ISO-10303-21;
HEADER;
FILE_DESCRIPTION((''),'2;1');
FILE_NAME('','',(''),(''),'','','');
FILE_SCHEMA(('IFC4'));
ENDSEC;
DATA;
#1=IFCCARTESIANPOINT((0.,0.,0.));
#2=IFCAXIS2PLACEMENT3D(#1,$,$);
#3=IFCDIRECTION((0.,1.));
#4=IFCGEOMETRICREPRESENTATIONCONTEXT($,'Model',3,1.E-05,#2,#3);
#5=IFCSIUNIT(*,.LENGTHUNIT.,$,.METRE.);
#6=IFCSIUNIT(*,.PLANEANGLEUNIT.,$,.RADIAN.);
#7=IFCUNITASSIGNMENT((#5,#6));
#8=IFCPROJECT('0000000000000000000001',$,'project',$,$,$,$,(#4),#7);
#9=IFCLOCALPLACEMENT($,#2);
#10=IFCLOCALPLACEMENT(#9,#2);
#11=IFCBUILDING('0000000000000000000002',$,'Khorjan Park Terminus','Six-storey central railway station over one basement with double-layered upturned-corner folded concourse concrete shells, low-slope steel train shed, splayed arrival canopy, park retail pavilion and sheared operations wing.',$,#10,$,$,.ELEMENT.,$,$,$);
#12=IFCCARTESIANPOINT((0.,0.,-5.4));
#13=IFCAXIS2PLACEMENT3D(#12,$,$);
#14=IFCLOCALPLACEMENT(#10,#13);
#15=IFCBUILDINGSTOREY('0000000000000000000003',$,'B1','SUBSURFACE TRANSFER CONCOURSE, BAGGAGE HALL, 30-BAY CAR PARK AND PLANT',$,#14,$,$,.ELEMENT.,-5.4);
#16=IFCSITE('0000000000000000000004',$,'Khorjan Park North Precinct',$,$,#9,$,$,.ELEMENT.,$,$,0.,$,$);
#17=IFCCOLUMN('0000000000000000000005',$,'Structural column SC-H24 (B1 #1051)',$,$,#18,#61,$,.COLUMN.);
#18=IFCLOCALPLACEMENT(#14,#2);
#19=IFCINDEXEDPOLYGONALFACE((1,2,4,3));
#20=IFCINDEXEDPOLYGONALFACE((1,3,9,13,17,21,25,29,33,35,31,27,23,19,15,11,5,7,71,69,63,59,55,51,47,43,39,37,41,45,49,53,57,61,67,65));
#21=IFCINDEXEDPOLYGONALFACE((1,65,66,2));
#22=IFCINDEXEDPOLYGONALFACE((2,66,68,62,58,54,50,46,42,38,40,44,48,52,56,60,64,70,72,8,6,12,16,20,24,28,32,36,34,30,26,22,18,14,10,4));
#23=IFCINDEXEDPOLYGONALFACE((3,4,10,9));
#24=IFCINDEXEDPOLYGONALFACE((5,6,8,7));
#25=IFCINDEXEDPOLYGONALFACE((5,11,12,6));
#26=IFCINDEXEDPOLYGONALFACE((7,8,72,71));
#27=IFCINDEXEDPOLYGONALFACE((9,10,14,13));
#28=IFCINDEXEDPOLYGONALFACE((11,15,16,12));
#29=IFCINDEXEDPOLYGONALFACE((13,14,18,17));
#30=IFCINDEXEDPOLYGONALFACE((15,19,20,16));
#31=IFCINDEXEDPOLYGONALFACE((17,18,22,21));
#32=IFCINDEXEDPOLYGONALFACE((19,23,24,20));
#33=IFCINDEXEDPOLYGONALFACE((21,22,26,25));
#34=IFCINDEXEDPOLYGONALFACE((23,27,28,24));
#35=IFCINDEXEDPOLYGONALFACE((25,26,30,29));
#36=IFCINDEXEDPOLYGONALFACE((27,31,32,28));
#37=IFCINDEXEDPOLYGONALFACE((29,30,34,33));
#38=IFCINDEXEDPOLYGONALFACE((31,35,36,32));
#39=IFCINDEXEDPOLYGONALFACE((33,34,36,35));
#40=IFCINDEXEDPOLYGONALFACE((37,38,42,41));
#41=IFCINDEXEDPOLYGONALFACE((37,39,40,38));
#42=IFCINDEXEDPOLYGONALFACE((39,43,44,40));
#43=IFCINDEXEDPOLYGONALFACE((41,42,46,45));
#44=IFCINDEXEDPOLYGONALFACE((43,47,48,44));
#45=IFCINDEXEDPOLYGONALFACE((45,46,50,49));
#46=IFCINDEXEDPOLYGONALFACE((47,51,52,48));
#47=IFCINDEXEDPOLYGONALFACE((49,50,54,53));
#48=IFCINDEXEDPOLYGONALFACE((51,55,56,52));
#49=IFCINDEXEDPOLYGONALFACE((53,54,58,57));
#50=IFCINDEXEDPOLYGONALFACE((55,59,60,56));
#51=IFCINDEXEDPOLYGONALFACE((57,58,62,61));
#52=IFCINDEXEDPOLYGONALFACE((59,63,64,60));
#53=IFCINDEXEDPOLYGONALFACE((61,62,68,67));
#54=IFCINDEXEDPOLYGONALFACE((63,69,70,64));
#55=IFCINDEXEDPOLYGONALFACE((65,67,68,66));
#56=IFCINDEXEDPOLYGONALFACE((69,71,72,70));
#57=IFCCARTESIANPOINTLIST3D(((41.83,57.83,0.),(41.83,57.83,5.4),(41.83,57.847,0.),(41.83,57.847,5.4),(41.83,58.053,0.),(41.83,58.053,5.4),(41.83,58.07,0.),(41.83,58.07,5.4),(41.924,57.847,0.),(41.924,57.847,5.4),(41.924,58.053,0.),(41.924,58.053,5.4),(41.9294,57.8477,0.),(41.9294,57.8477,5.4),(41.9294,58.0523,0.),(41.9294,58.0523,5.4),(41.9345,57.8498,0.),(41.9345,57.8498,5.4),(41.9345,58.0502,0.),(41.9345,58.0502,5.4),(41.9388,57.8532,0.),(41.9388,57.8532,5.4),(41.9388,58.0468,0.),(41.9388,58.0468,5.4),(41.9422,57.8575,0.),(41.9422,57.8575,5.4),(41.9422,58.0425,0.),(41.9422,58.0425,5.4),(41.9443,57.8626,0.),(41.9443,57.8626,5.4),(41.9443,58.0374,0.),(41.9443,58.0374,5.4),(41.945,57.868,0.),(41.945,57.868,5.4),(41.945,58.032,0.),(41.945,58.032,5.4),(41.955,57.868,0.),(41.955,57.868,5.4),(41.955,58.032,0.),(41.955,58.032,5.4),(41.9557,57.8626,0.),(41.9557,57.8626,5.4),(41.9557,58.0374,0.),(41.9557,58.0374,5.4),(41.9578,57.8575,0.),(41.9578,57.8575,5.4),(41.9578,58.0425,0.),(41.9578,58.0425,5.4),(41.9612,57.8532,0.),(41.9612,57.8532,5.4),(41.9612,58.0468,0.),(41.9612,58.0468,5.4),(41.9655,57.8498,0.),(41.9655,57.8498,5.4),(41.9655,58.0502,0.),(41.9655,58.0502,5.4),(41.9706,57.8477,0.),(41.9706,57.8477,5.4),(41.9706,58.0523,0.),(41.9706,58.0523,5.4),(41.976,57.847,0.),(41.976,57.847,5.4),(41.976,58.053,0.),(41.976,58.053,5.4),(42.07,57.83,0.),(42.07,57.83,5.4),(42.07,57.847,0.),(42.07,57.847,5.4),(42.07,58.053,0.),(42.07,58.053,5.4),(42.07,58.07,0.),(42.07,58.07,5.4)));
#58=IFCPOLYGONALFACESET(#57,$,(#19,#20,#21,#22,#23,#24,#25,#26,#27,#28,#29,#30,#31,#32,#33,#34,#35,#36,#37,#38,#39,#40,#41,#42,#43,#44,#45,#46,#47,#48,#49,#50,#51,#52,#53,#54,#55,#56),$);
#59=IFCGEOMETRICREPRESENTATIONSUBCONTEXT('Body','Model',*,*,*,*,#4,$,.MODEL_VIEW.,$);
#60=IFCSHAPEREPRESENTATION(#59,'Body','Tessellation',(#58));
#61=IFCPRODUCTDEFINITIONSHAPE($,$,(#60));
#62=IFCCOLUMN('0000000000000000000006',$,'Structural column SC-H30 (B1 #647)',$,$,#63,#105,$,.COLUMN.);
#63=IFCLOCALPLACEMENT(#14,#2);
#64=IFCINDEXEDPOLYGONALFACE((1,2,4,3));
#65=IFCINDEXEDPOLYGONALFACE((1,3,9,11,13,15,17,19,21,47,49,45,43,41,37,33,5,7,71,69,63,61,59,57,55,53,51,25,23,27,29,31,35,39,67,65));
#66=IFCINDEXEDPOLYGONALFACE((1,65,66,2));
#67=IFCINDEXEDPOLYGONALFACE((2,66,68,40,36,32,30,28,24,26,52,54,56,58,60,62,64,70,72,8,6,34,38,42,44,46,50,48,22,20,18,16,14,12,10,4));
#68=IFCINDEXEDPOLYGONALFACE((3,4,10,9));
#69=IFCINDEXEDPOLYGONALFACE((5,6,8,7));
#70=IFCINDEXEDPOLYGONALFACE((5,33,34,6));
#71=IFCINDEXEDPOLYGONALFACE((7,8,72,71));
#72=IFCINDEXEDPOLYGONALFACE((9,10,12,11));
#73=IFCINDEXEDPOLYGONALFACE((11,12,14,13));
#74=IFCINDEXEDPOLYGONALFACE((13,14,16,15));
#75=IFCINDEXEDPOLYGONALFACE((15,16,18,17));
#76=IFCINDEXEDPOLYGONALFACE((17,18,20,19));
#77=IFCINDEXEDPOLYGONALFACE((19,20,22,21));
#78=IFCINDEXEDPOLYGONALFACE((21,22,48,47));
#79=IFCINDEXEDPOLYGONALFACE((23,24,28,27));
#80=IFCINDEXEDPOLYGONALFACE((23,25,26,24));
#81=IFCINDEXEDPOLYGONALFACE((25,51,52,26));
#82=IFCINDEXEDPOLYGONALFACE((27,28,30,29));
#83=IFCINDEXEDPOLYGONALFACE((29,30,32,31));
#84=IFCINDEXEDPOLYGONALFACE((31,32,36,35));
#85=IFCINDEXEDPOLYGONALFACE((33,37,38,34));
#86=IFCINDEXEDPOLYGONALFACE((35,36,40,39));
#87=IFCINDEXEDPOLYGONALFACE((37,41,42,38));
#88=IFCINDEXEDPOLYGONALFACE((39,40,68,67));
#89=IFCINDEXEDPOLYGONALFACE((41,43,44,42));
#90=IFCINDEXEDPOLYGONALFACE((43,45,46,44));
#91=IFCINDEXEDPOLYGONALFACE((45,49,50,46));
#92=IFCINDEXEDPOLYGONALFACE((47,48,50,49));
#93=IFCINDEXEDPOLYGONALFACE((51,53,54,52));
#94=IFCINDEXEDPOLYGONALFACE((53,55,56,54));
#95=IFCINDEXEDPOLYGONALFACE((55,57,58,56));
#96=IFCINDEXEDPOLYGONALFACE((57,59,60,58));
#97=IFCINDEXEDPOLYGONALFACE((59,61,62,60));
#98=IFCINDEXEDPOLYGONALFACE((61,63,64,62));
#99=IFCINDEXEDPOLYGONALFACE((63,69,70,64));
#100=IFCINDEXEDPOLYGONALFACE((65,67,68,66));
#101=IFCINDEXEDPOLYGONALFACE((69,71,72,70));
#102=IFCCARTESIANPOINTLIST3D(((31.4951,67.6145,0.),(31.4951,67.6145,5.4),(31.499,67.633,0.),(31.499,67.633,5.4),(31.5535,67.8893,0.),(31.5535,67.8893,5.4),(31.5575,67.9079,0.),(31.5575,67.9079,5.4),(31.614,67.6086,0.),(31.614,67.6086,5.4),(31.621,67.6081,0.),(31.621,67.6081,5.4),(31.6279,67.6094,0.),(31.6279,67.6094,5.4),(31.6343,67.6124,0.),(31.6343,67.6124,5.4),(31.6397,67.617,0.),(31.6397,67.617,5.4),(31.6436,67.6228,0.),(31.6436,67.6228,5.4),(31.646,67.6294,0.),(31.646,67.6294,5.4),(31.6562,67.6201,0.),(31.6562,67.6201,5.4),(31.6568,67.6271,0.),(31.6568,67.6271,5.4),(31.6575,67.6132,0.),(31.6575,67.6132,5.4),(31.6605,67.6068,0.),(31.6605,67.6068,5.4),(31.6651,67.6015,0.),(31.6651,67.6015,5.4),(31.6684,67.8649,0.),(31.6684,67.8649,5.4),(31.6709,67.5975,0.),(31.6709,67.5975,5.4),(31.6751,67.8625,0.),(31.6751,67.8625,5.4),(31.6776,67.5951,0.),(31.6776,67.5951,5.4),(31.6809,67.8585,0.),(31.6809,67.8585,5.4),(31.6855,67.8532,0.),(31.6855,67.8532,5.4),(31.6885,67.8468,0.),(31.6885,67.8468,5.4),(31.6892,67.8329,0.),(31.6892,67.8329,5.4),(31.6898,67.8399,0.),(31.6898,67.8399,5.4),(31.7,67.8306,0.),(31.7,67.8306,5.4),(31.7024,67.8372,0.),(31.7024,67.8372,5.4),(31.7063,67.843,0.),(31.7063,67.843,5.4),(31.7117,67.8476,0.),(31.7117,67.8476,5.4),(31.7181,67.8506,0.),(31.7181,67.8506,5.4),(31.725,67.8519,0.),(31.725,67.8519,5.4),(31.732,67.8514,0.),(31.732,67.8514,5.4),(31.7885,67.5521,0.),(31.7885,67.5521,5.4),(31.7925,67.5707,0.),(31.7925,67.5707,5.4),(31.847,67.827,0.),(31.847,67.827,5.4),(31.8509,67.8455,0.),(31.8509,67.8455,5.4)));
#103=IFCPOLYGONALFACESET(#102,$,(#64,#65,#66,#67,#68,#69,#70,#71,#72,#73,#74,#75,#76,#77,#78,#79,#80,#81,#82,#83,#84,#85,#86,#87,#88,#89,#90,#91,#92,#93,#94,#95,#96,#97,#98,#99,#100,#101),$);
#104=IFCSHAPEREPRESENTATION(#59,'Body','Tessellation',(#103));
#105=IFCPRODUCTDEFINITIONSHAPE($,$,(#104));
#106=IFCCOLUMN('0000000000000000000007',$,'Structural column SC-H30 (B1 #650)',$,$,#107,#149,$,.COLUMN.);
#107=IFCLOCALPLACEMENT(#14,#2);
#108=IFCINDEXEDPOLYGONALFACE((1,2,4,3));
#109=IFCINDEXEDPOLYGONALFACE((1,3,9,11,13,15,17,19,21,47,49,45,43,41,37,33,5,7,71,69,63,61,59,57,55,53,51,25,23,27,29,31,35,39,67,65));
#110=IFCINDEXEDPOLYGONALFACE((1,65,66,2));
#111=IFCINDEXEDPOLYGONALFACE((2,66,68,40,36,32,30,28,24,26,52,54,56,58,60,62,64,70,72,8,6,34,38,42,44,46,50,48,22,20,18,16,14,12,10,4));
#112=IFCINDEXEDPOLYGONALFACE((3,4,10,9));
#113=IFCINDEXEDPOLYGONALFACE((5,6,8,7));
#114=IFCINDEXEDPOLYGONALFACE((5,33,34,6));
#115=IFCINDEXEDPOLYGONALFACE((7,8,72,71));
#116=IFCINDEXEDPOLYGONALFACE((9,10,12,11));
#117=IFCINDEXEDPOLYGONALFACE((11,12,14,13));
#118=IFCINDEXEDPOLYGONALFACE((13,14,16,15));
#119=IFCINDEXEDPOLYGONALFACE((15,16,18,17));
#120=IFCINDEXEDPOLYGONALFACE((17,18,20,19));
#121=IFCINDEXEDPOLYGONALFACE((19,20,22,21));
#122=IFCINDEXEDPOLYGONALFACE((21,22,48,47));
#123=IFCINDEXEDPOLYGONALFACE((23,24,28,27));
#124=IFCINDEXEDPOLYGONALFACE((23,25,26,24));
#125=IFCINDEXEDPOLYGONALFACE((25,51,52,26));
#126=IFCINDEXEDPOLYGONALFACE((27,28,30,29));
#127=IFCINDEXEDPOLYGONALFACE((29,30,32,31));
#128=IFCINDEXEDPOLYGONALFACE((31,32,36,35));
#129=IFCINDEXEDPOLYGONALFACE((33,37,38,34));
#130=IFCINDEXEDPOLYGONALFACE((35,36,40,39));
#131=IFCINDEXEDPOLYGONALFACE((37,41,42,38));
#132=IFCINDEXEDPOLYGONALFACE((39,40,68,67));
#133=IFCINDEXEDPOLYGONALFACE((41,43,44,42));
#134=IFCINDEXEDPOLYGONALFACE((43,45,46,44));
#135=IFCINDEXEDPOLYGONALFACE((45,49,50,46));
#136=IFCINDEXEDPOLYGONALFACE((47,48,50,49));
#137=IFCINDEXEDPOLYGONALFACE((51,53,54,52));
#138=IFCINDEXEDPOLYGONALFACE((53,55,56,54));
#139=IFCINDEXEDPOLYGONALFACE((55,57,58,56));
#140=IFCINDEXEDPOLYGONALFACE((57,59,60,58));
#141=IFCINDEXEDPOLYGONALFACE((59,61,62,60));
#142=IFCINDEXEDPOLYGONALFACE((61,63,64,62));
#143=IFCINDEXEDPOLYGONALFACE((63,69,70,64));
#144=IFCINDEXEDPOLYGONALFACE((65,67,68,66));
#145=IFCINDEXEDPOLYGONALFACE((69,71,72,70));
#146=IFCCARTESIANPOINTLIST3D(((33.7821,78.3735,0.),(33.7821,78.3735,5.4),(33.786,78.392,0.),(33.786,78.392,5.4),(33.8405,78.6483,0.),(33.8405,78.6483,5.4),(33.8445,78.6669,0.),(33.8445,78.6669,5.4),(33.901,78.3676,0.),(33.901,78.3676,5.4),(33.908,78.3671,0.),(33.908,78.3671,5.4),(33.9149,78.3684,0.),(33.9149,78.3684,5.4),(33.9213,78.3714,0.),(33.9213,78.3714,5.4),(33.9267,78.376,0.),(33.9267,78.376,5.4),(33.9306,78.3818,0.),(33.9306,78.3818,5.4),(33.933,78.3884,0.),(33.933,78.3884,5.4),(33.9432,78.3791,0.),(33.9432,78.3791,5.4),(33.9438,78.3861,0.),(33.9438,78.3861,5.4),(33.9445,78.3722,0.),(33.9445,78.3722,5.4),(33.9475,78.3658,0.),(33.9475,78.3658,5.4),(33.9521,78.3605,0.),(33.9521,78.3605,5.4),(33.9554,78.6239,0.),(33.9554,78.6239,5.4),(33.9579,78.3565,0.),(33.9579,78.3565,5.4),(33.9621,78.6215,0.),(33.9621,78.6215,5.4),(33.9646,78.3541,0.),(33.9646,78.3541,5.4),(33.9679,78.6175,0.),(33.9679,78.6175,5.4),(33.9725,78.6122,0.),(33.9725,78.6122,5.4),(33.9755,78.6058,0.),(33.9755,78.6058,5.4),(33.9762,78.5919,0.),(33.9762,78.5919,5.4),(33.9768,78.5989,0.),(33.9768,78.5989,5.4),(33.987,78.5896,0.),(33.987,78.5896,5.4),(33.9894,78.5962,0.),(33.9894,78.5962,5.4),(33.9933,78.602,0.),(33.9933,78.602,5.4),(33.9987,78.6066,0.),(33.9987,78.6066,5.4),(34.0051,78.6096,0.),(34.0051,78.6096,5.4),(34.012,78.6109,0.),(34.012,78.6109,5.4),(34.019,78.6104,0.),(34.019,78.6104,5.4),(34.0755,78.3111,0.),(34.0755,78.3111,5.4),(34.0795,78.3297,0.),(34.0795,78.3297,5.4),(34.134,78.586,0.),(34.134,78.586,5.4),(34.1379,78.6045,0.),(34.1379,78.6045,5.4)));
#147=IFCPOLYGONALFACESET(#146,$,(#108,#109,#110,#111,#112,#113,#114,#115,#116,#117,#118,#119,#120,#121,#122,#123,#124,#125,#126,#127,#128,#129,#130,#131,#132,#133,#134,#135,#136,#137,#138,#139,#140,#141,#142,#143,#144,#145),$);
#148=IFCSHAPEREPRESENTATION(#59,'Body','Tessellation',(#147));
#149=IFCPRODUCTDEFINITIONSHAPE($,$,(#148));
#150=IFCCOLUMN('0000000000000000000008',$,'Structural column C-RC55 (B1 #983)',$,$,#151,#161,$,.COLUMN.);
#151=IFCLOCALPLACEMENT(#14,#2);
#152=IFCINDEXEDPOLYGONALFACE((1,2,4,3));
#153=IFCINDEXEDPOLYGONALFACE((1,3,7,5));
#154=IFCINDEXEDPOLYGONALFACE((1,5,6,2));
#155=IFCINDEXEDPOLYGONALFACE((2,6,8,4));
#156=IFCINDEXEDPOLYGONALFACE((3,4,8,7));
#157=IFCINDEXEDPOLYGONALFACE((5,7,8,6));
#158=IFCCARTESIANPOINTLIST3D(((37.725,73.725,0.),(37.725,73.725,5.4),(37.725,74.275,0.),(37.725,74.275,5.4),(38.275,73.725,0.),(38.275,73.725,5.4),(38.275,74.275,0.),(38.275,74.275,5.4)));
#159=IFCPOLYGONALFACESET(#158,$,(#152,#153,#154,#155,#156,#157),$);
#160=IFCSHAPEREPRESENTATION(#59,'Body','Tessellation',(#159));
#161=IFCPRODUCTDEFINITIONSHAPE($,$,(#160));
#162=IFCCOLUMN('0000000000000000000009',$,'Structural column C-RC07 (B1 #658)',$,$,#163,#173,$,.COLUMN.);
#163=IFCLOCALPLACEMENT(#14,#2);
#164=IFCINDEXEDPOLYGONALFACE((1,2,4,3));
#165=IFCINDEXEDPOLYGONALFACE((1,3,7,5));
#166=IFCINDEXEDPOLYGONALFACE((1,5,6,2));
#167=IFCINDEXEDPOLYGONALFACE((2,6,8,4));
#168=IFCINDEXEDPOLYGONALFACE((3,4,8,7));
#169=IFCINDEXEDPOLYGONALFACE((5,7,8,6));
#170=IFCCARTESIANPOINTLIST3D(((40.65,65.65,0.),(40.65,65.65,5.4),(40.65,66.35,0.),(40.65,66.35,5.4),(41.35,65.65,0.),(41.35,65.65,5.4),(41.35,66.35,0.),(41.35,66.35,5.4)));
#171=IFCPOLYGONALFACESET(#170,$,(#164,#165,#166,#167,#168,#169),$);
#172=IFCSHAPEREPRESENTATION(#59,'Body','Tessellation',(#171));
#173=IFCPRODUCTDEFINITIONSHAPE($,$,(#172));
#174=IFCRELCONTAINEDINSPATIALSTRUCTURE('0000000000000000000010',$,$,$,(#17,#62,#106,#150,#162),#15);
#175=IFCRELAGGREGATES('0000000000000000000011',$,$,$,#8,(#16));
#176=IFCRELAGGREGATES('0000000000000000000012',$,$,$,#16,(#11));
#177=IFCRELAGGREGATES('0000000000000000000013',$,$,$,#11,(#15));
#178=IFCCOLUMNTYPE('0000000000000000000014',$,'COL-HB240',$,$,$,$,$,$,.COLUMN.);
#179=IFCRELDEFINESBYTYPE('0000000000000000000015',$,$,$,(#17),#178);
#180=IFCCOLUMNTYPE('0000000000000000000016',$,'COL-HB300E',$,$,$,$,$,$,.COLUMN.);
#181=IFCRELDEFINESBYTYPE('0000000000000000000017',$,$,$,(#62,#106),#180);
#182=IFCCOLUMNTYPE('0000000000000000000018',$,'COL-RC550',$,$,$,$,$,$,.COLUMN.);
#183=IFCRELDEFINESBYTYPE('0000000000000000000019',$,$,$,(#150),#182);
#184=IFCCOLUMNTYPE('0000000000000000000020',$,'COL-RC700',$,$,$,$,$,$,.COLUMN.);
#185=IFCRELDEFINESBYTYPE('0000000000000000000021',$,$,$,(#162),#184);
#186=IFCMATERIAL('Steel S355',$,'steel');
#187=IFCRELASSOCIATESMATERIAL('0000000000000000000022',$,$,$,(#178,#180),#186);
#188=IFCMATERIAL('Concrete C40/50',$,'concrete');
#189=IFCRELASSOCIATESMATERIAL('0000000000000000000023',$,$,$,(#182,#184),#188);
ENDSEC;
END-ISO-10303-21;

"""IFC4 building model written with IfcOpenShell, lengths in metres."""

from ifc_helpers import new_model, si_unit, direction, frame, origin, origin_2d, place, context, subcontext, project, spatial, rectangle, i_section, extrude, material, material_profile, profile_set, type_object, element, save


model = new_model("IFC4")

# Units and contexts
model_context = context("Model", 3, precision=1e-05, world=origin(), true_north=direction((0.0, 1.0)))
body_context = subcontext(model_context, "Body", "Model", "MODEL_VIEW")
ifc_project = project(units=[si_unit("LENGTHUNIT", "METRE"), si_unit("PLANEANGLEUNIT", "RADIAN")], contexts=[model_context])

# Site, building, storey
site_placement = place(None, origin())
site = spatial("IfcSite", under=ifc_project, at=site_placement, Name="Khorjan Park North Precinct", CompositionType="ELEMENT", RefElevation=0.0)
building_placement = place(site_placement, origin())
building = spatial("IfcBuilding", under=site, at=building_placement, Name="Khorjan Park Terminus", Description="Six-storey central railway station over one basement with double-layered upturned-corner folded concourse concrete shells, low-slope steel train shed, splayed arrival canopy, park retail pavilion and sheared operations wing.", CompositionType="ELEMENT")
storey_placement = place(building_placement, frame((0.0, 0.0, -5.4)))
storey = spatial("IfcBuildingStorey", under=building, at=storey_placement, Name="B1", Description="SUBSURFACE TRANSFER CONCOURSE, BAGGAGE HALL, 30-BAY CAR PARK AND PLANT", CompositionType="ELEMENT", Elevation=-5.4)

# Shared definitions
ifc_material_1 = material(Name="Concrete C40/50", Category="concrete")

# Columns
ifc_material_2 = material(Name="Steel S355", Category="steel")
ifc_material_profile_1 = material_profile(ifc_material_2, i_section(OverallWidth=0.24, OverallDepth=0.24, WebThickness=0.01, FlangeThickness=0.017, FilletRadius=0.021, at=origin_2d()), Name="HEB 240")
ifc_profile_set_1 = profile_set([ifc_material_profile_1], Name="Steel S355")
column_type_1 = type_object("IfcColumnType", Name="COL-HB240", PredefinedType="COLUMN", material=ifc_profile_set_1)
for number, where, z_axis, x_axis, name in (
    (1, (41.95, 57.95, 0.0), (0.0, 0.0, 1.0), (1.0, 0.0, 0.0), "Structural column SC-H24 (B1 #1051)"),
):
    element("IfcColumn", number, at=place(storey_placement, frame(where, z_axis=z_axis, x_axis=x_axis)), inside=storey, type_object=column_type_1, Name=name, PredefinedType="COLUMN", context=body_context, shape_type="SweptSolid", body=[
        extrude(i_section(OverallWidth=0.24, OverallDepth=0.24, WebThickness=0.01, FlangeThickness=0.017, FilletRadius=0.021, at=origin_2d()), origin(), (0.0, 0.0, 1.0), 5.4),
    ])
ifc_material_profile_2 = material_profile(ifc_material_2, i_section(OverallWidth=0.3, OverallDepth=0.3, WebThickness=0.011, FlangeThickness=0.019, FilletRadius=0.027, at=origin_2d()), Name="HEB 300")
ifc_profile_set_2 = profile_set([ifc_material_profile_2], Name="Steel S355")
column_type_2 = type_object("IfcColumnType", Name="COL-HB300E", PredefinedType="COLUMN", material=ifc_profile_set_2)
for number, where, z_axis, x_axis, name in (
    (2, (31.673, 67.73, 0.0), (0.0, 0.0, 1.0), (0.978148, -0.207912, 0.0), "Structural column SC-H30 (B1 #647)"),
    (3, (33.96, 78.489, 0.0), (0.0, 0.0, 1.0), (0.978148, -0.207912, 0.0), "Structural column SC-H30 (B1 #650)"),
):
    element("IfcColumn", number, at=place(storey_placement, frame(where, z_axis=z_axis, x_axis=x_axis)), inside=storey, type_object=column_type_2, Name=name, PredefinedType="COLUMN", context=body_context, shape_type="SweptSolid", body=[
        extrude(i_section(OverallWidth=0.3, OverallDepth=0.3, WebThickness=0.011, FlangeThickness=0.019, FilletRadius=0.027, at=origin_2d()), origin(), (0.0, 0.0, 1.0), 5.4),
    ])
ifc_material_profile_3 = material_profile(ifc_material_1, rectangle(XDim=0.55, YDim=0.55, at=origin_2d()), Name="RC 550x550")
ifc_profile_set_3 = profile_set([ifc_material_profile_3], Name="Concrete C40/50")
column_type_3 = type_object("IfcColumnType", Name="COL-RC550", PredefinedType="COLUMN", material=ifc_profile_set_3)
column_1_placement = place(storey_placement, frame((38.0, 74.0, 0.0), z_axis=(0.0, 0.0, 1.0), x_axis=(1.0, 0.0, 0.0)))
element("IfcColumn", 4, at=column_1_placement, inside=storey, type_object=column_type_3, Name="Structural column C-RC55 (B1 #983)", PredefinedType="COLUMN", context=body_context, shape_type="SweptSolid", body=[
    extrude(rectangle(XDim=0.55, YDim=0.55, at=origin_2d()), origin(), (0.0, 0.0, 1.0), 5.4),
])
ifc_material_profile_4 = material_profile(ifc_material_1, rectangle(XDim=0.7, YDim=0.7, at=origin_2d()), Name="RC 700x700")
ifc_profile_set_4 = profile_set([ifc_material_profile_4], Name="Concrete C40/50")
column_type_4 = type_object("IfcColumnType", Name="COL-RC700", PredefinedType="COLUMN", material=ifc_profile_set_4)
column_2_placement = place(storey_placement, frame((41.0, 66.0, 0.0), z_axis=(0.0, 0.0, 1.0), x_axis=(1.0, 0.0, 0.0)))
element("IfcColumn", 5, at=column_2_placement, inside=storey, type_object=column_type_4, Name="Structural column C-RC07 (B1 #658)", PredefinedType="COLUMN", context=body_context, shape_type="SweptSolid", body=[
    extrude(rectangle(XDim=0.7, YDim=0.7, at=origin_2d()), origin(), (0.0, 0.0, 1.0), 5.4),
])

save(model, "model.ifc")
